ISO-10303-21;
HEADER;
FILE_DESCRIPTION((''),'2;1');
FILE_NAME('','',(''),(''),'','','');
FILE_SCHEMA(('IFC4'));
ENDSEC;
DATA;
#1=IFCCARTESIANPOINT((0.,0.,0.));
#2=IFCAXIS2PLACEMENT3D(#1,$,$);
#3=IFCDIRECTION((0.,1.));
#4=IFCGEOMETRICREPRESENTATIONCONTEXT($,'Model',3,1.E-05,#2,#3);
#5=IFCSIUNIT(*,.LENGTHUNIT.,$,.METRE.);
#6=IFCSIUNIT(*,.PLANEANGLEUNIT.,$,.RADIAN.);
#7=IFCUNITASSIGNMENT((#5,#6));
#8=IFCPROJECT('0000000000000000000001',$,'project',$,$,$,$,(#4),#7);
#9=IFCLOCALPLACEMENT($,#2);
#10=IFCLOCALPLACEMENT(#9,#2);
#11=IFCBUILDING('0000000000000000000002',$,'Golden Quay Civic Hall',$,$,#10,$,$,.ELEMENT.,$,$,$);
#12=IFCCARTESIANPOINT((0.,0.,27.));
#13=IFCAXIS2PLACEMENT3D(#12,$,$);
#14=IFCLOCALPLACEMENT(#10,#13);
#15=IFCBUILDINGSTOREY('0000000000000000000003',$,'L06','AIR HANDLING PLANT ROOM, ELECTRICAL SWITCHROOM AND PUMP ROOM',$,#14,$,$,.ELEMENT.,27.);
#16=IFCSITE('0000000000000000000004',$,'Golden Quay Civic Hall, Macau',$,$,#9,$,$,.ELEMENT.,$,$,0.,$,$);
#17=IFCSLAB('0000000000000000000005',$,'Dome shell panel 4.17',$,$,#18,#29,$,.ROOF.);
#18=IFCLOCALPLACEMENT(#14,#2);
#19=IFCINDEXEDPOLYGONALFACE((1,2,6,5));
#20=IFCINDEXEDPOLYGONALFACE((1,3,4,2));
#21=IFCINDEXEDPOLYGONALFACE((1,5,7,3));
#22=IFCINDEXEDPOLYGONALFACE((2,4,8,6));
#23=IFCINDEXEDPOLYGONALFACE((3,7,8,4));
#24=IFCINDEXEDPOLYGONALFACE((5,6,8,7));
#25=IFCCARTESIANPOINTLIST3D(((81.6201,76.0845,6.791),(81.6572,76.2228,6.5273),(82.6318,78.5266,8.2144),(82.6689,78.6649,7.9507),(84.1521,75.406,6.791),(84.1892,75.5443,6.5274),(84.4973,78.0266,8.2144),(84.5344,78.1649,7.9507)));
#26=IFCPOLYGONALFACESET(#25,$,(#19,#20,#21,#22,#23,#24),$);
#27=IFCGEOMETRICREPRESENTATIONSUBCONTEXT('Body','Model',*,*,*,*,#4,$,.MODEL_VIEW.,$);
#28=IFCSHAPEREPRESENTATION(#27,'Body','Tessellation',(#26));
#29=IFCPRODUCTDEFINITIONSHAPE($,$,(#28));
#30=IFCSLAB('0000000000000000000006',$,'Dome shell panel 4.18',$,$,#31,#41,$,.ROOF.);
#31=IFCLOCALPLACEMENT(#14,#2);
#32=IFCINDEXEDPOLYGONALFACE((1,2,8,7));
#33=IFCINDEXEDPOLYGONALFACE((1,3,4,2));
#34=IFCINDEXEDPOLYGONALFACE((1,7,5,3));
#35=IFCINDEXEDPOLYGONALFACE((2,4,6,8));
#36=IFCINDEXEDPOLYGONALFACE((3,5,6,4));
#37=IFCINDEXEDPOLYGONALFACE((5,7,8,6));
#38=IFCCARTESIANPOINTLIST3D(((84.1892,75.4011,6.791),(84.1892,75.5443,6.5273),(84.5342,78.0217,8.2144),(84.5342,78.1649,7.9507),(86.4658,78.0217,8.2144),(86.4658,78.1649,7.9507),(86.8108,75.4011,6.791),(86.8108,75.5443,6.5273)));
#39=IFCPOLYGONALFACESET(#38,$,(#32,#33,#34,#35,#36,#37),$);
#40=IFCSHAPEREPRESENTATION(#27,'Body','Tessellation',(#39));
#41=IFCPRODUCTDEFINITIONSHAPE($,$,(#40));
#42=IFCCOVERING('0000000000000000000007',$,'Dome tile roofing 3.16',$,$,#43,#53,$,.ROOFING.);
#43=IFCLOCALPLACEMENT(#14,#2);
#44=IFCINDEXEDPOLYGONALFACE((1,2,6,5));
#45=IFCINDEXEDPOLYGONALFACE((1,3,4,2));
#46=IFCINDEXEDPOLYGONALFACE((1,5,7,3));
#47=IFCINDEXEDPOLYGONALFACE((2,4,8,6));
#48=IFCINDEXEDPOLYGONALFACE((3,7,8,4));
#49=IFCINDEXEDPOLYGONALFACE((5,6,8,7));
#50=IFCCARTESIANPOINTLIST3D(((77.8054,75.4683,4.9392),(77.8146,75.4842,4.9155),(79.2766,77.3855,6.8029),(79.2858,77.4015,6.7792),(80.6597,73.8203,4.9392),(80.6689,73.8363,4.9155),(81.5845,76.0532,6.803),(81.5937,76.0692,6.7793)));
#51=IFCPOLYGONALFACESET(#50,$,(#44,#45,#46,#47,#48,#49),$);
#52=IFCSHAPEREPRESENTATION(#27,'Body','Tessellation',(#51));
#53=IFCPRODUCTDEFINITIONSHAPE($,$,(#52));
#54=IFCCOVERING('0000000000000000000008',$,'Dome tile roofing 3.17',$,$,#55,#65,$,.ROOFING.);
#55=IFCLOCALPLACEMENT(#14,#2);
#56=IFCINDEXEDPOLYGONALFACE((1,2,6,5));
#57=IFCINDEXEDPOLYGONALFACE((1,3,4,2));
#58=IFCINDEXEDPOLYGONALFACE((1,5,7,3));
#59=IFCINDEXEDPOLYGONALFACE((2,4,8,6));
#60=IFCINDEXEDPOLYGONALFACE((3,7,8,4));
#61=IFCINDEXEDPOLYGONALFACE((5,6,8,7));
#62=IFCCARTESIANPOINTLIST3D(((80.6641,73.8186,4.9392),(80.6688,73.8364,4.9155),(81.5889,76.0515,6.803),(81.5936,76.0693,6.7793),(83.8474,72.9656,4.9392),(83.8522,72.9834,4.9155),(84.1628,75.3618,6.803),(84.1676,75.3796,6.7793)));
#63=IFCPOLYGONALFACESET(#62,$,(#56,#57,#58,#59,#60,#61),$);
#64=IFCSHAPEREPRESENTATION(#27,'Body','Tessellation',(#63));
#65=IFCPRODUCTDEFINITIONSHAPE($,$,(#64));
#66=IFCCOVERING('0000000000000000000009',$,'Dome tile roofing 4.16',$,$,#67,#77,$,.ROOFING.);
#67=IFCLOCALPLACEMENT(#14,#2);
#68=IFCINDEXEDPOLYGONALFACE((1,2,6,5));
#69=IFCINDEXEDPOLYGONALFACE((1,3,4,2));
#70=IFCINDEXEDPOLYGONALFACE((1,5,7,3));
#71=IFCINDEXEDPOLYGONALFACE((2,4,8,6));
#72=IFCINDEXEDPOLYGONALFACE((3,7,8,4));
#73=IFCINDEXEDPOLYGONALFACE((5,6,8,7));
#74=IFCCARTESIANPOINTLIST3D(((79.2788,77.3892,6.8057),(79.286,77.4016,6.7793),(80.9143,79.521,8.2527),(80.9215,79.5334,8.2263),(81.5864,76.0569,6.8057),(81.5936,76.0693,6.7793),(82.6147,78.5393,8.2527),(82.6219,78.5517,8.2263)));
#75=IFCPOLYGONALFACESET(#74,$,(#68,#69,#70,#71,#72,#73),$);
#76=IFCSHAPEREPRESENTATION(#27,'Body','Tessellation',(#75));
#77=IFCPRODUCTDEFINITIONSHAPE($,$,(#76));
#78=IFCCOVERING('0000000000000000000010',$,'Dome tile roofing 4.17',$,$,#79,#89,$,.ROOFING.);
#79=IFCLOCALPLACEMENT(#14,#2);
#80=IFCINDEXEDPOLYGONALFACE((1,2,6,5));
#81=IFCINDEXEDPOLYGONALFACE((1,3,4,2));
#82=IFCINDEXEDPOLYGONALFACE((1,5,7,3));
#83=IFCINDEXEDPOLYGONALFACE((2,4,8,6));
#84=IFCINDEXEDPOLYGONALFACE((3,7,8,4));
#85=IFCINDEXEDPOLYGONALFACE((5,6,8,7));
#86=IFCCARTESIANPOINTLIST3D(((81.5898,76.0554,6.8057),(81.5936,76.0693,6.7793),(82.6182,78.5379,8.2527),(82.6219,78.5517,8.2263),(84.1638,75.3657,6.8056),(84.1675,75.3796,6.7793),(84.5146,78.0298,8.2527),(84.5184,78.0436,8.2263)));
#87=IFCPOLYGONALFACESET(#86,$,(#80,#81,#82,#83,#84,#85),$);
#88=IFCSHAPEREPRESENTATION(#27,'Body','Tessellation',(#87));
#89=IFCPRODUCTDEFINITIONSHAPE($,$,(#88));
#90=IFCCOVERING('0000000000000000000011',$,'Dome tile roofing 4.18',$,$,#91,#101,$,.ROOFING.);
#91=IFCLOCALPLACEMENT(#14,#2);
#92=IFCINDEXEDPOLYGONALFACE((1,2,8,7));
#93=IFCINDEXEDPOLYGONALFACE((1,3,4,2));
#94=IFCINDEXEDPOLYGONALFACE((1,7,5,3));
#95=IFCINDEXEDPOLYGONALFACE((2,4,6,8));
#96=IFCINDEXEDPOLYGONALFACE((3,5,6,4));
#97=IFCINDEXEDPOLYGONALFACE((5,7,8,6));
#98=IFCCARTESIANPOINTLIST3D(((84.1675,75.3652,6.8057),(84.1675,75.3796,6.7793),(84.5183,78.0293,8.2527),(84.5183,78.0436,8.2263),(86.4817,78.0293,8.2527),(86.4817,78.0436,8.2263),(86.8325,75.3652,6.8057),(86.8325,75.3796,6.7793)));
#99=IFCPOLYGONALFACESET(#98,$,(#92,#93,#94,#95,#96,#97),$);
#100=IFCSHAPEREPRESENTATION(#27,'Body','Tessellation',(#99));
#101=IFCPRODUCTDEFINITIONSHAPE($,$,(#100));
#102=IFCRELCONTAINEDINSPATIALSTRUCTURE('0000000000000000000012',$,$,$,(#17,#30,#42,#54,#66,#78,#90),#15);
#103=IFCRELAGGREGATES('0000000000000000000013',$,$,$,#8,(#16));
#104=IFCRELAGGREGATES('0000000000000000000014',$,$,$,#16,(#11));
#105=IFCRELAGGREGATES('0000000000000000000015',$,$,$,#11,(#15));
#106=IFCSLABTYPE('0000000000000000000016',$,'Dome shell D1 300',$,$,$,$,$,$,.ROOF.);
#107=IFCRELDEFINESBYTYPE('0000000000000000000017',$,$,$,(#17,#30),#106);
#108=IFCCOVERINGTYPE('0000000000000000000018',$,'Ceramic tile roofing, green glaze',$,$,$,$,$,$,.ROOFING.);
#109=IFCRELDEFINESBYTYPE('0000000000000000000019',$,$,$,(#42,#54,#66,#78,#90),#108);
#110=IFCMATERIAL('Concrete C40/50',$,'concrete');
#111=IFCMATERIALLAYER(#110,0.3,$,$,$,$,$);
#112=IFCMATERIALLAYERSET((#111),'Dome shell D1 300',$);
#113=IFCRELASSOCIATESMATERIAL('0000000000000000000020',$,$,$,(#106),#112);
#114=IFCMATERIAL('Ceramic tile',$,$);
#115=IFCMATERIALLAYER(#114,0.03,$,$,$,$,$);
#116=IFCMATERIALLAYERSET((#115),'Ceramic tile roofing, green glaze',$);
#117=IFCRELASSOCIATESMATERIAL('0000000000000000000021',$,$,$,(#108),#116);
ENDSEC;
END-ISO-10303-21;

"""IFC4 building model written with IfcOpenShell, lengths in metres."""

from ifc_helpers import new_model, si_unit, direction, frame, origin, place, context, subcontext, project, spatial, polyline, outline, extrude, material, layer, layer_set, type_object, element, save


model = new_model("IFC4")

# Units and contexts
model_context = context("Model", 3, precision=1e-05, world=origin(), true_north=direction((0.0, 1.0)))
body_context = subcontext(model_context, "Body", "Model", "MODEL_VIEW")
ifc_project = project(units=[si_unit("LENGTHUNIT", "METRE"), si_unit("PLANEANGLEUNIT", "RADIAN")], contexts=[model_context])

# Site, building, storey
site_placement = place(None, origin())
site = spatial("IfcSite", under=ifc_project, at=site_placement, Name="Golden Quay Civic Hall, Macau", CompositionType="ELEMENT", RefElevation=0.0)
building_placement = place(site_placement, origin())
building = spatial("IfcBuilding", under=site, at=building_placement, Name="Golden Quay Civic Hall", CompositionType="ELEMENT")
storey_placement = place(building_placement, frame((0.0, 0.0, 27.0)))
storey = spatial("IfcBuildingStorey", under=building, at=storey_placement, Name="L06", Description="AIR HANDLING PLANT ROOM, ELECTRICAL SWITCHROOM AND PUMP ROOM", CompositionType="ELEMENT", Elevation=27.0)

# Slabs
ifc_material_1 = material(Name="Concrete C40/50", Category="concrete")
ifc_layer_1 = layer(ifc_material_1, 0.3)
ifc_layer_set_1 = layer_set([ifc_layer_1], Name="Dome shell D1 300")
slab_type = type_object("IfcSlabType", Name="Dome shell D1 300", PredefinedType="ROOF", material=ifc_layer_set_1)
slab_1_placement = place(storey_placement, frame((81.6201, 76.0845, 6.791), z_axis=(-0.123542, -0.460997, 0.87876), x_axis=(0.965922, -0.258834, 0.000011)))
element("IfcSlab", 1, at=slab_1_placement, inside=storey, type_object=slab_type, Name="Dome shell panel 4.17", PredefinedType="ROOF", context=body_context, shape_type="SweptSolid", body=[
    extrude(outline(polyline([(0.0, 0.0), (2.6213, 0.0), (2.2765, 2.9822), (0.3451, 2.9823), (0.0, 0.0)])), origin(), (0.0, 0.0, -1.0), 0.3),
])
slab_2_placement = place(storey_placement, frame((84.1892, 75.4011, 6.791), z_axis=(0.0, -0.47728, 0.878751), x_axis=(1.0, 0.0, 0.0)))
element("IfcSlab", 2, at=slab_2_placement, inside=storey, type_object=slab_type, Name="Dome shell panel 4.18", PredefinedType="ROOF", context=body_context, shape_type="SweptSolid", body=[
    extrude(outline(polyline([(0.0, 0.0), (2.6216, 0.0), (2.2766, 2.9822), (0.345, 2.9822), (0.0, 0.0)])), origin(), (0.0, 0.0, -1.0), 0.3),
])

# Coverings
ifc_material_2 = material(Name="Ceramic tile")
ifc_layer_2 = layer(ifc_material_2, 0.03)
ifc_layer_set_2 = layer_set([ifc_layer_2], Name="Ceramic tile roofing, green glaze")
covering_type = type_object("IfcCoveringType", Name="Ceramic tile roofing, green glaze", PredefinedType="ROOFING", material=ifc_layer_set_2)
covering_1_placement = place(storey_placement, frame((77.8054, 75.4683, 4.9392), z_axis=(-0.306978, -0.531723, 0.789326), x_axis=(0.866025, -0.500001, -0.000015)))
element("IfcCovering", 3, at=covering_1_placement, inside=storey, type_object=covering_type, Name="Dome tile roofing 3.16", PredefinedType="ROOFING", context=body_context, shape_type="SweptSolid", body=[
    extrude(outline(polyline([(0.0, 0.0), (3.2958, 0.0), (2.9802, 3.0357), (0.3154, 3.0355), (0.0, 0.0)])), origin(), (0.0, 0.0, -1.0), 0.03),
])
covering_2_placement = place(storey_placement, frame((80.6641, 73.8186, 4.9392), z_axis=(-0.158908, -0.59303, 0.789344), x_axis=(0.965923, -0.258831, -0.000003)))
element("IfcCovering", 4, at=covering_2_placement, inside=storey, type_object=covering_type, Name="Dome tile roofing 3.17", PredefinedType="ROOFING", context=body_context, shape_type="SweptSolid", body=[
    extrude(outline(polyline([(0.0, 0.0), (3.2957, 0.0), (2.9801, 3.0357), (0.3153, 3.0357), (0.0, 0.0)])), origin(), (0.0, 0.0, -1.0), 0.03),
])
covering_3_placement = place(storey_placement, frame((79.2788, 77.3892, 6.8057), z_axis=(-0.238648, -0.413367, 0.878735), x_axis=(0.866031, -0.499991, -0.000003)))
element("IfcCovering", 5, at=covering_3_placement, inside=storey, type_object=covering_type, Name="Dome tile roofing 4.16", PredefinedType="ROOFING", context=body_context, shape_type="SweptSolid", body=[
    extrude(outline(polyline([(0.0, 0.0), (2.6646, 0.0), (2.314, 3.0316), (0.3505, 3.0316), (0.0, 0.0)])), origin(), (0.0, 0.0, -1.0), 0.03),
])
covering_4_placement = place(storey_placement, frame((81.5898, 76.0554, 6.8057), z_axis=(-0.123525, -0.461042, 0.878739), x_axis=(0.965927, -0.258815, -0.000009)))
element("IfcCovering", 6, at=covering_4_placement, inside=storey, type_object=covering_type, Name="Dome tile roofing 4.17", PredefinedType="ROOFING", context=body_context, shape_type="SweptSolid", body=[
    extrude(outline(polyline([(0.0, 0.0), (2.6648, 0.0), (2.3141, 3.0317), (0.3508, 3.0316), (0.0, 0.0)])), origin(), (0.0, 0.0, -1.0), 0.03),
])
covering_5_placement = place(storey_placement, frame((84.1675, 75.3652, 6.8057), z_axis=(0.0, -0.4773, 0.878741), x_axis=(1.0, 0.0, 0.0)))
element("IfcCovering", 7, at=covering_5_placement, inside=storey, type_object=covering_type, Name="Dome tile roofing 4.18", PredefinedType="ROOFING", context=body_context, shape_type="SweptSolid", body=[
    extrude(outline(polyline([(0.0, 0.0), (2.665, 0.0), (2.3142, 3.0317), (0.3508, 3.0317), (0.0, 0.0)])), origin(), (0.0, 0.0, -1.0), 0.03),
])

save(model, "model.ifc")
